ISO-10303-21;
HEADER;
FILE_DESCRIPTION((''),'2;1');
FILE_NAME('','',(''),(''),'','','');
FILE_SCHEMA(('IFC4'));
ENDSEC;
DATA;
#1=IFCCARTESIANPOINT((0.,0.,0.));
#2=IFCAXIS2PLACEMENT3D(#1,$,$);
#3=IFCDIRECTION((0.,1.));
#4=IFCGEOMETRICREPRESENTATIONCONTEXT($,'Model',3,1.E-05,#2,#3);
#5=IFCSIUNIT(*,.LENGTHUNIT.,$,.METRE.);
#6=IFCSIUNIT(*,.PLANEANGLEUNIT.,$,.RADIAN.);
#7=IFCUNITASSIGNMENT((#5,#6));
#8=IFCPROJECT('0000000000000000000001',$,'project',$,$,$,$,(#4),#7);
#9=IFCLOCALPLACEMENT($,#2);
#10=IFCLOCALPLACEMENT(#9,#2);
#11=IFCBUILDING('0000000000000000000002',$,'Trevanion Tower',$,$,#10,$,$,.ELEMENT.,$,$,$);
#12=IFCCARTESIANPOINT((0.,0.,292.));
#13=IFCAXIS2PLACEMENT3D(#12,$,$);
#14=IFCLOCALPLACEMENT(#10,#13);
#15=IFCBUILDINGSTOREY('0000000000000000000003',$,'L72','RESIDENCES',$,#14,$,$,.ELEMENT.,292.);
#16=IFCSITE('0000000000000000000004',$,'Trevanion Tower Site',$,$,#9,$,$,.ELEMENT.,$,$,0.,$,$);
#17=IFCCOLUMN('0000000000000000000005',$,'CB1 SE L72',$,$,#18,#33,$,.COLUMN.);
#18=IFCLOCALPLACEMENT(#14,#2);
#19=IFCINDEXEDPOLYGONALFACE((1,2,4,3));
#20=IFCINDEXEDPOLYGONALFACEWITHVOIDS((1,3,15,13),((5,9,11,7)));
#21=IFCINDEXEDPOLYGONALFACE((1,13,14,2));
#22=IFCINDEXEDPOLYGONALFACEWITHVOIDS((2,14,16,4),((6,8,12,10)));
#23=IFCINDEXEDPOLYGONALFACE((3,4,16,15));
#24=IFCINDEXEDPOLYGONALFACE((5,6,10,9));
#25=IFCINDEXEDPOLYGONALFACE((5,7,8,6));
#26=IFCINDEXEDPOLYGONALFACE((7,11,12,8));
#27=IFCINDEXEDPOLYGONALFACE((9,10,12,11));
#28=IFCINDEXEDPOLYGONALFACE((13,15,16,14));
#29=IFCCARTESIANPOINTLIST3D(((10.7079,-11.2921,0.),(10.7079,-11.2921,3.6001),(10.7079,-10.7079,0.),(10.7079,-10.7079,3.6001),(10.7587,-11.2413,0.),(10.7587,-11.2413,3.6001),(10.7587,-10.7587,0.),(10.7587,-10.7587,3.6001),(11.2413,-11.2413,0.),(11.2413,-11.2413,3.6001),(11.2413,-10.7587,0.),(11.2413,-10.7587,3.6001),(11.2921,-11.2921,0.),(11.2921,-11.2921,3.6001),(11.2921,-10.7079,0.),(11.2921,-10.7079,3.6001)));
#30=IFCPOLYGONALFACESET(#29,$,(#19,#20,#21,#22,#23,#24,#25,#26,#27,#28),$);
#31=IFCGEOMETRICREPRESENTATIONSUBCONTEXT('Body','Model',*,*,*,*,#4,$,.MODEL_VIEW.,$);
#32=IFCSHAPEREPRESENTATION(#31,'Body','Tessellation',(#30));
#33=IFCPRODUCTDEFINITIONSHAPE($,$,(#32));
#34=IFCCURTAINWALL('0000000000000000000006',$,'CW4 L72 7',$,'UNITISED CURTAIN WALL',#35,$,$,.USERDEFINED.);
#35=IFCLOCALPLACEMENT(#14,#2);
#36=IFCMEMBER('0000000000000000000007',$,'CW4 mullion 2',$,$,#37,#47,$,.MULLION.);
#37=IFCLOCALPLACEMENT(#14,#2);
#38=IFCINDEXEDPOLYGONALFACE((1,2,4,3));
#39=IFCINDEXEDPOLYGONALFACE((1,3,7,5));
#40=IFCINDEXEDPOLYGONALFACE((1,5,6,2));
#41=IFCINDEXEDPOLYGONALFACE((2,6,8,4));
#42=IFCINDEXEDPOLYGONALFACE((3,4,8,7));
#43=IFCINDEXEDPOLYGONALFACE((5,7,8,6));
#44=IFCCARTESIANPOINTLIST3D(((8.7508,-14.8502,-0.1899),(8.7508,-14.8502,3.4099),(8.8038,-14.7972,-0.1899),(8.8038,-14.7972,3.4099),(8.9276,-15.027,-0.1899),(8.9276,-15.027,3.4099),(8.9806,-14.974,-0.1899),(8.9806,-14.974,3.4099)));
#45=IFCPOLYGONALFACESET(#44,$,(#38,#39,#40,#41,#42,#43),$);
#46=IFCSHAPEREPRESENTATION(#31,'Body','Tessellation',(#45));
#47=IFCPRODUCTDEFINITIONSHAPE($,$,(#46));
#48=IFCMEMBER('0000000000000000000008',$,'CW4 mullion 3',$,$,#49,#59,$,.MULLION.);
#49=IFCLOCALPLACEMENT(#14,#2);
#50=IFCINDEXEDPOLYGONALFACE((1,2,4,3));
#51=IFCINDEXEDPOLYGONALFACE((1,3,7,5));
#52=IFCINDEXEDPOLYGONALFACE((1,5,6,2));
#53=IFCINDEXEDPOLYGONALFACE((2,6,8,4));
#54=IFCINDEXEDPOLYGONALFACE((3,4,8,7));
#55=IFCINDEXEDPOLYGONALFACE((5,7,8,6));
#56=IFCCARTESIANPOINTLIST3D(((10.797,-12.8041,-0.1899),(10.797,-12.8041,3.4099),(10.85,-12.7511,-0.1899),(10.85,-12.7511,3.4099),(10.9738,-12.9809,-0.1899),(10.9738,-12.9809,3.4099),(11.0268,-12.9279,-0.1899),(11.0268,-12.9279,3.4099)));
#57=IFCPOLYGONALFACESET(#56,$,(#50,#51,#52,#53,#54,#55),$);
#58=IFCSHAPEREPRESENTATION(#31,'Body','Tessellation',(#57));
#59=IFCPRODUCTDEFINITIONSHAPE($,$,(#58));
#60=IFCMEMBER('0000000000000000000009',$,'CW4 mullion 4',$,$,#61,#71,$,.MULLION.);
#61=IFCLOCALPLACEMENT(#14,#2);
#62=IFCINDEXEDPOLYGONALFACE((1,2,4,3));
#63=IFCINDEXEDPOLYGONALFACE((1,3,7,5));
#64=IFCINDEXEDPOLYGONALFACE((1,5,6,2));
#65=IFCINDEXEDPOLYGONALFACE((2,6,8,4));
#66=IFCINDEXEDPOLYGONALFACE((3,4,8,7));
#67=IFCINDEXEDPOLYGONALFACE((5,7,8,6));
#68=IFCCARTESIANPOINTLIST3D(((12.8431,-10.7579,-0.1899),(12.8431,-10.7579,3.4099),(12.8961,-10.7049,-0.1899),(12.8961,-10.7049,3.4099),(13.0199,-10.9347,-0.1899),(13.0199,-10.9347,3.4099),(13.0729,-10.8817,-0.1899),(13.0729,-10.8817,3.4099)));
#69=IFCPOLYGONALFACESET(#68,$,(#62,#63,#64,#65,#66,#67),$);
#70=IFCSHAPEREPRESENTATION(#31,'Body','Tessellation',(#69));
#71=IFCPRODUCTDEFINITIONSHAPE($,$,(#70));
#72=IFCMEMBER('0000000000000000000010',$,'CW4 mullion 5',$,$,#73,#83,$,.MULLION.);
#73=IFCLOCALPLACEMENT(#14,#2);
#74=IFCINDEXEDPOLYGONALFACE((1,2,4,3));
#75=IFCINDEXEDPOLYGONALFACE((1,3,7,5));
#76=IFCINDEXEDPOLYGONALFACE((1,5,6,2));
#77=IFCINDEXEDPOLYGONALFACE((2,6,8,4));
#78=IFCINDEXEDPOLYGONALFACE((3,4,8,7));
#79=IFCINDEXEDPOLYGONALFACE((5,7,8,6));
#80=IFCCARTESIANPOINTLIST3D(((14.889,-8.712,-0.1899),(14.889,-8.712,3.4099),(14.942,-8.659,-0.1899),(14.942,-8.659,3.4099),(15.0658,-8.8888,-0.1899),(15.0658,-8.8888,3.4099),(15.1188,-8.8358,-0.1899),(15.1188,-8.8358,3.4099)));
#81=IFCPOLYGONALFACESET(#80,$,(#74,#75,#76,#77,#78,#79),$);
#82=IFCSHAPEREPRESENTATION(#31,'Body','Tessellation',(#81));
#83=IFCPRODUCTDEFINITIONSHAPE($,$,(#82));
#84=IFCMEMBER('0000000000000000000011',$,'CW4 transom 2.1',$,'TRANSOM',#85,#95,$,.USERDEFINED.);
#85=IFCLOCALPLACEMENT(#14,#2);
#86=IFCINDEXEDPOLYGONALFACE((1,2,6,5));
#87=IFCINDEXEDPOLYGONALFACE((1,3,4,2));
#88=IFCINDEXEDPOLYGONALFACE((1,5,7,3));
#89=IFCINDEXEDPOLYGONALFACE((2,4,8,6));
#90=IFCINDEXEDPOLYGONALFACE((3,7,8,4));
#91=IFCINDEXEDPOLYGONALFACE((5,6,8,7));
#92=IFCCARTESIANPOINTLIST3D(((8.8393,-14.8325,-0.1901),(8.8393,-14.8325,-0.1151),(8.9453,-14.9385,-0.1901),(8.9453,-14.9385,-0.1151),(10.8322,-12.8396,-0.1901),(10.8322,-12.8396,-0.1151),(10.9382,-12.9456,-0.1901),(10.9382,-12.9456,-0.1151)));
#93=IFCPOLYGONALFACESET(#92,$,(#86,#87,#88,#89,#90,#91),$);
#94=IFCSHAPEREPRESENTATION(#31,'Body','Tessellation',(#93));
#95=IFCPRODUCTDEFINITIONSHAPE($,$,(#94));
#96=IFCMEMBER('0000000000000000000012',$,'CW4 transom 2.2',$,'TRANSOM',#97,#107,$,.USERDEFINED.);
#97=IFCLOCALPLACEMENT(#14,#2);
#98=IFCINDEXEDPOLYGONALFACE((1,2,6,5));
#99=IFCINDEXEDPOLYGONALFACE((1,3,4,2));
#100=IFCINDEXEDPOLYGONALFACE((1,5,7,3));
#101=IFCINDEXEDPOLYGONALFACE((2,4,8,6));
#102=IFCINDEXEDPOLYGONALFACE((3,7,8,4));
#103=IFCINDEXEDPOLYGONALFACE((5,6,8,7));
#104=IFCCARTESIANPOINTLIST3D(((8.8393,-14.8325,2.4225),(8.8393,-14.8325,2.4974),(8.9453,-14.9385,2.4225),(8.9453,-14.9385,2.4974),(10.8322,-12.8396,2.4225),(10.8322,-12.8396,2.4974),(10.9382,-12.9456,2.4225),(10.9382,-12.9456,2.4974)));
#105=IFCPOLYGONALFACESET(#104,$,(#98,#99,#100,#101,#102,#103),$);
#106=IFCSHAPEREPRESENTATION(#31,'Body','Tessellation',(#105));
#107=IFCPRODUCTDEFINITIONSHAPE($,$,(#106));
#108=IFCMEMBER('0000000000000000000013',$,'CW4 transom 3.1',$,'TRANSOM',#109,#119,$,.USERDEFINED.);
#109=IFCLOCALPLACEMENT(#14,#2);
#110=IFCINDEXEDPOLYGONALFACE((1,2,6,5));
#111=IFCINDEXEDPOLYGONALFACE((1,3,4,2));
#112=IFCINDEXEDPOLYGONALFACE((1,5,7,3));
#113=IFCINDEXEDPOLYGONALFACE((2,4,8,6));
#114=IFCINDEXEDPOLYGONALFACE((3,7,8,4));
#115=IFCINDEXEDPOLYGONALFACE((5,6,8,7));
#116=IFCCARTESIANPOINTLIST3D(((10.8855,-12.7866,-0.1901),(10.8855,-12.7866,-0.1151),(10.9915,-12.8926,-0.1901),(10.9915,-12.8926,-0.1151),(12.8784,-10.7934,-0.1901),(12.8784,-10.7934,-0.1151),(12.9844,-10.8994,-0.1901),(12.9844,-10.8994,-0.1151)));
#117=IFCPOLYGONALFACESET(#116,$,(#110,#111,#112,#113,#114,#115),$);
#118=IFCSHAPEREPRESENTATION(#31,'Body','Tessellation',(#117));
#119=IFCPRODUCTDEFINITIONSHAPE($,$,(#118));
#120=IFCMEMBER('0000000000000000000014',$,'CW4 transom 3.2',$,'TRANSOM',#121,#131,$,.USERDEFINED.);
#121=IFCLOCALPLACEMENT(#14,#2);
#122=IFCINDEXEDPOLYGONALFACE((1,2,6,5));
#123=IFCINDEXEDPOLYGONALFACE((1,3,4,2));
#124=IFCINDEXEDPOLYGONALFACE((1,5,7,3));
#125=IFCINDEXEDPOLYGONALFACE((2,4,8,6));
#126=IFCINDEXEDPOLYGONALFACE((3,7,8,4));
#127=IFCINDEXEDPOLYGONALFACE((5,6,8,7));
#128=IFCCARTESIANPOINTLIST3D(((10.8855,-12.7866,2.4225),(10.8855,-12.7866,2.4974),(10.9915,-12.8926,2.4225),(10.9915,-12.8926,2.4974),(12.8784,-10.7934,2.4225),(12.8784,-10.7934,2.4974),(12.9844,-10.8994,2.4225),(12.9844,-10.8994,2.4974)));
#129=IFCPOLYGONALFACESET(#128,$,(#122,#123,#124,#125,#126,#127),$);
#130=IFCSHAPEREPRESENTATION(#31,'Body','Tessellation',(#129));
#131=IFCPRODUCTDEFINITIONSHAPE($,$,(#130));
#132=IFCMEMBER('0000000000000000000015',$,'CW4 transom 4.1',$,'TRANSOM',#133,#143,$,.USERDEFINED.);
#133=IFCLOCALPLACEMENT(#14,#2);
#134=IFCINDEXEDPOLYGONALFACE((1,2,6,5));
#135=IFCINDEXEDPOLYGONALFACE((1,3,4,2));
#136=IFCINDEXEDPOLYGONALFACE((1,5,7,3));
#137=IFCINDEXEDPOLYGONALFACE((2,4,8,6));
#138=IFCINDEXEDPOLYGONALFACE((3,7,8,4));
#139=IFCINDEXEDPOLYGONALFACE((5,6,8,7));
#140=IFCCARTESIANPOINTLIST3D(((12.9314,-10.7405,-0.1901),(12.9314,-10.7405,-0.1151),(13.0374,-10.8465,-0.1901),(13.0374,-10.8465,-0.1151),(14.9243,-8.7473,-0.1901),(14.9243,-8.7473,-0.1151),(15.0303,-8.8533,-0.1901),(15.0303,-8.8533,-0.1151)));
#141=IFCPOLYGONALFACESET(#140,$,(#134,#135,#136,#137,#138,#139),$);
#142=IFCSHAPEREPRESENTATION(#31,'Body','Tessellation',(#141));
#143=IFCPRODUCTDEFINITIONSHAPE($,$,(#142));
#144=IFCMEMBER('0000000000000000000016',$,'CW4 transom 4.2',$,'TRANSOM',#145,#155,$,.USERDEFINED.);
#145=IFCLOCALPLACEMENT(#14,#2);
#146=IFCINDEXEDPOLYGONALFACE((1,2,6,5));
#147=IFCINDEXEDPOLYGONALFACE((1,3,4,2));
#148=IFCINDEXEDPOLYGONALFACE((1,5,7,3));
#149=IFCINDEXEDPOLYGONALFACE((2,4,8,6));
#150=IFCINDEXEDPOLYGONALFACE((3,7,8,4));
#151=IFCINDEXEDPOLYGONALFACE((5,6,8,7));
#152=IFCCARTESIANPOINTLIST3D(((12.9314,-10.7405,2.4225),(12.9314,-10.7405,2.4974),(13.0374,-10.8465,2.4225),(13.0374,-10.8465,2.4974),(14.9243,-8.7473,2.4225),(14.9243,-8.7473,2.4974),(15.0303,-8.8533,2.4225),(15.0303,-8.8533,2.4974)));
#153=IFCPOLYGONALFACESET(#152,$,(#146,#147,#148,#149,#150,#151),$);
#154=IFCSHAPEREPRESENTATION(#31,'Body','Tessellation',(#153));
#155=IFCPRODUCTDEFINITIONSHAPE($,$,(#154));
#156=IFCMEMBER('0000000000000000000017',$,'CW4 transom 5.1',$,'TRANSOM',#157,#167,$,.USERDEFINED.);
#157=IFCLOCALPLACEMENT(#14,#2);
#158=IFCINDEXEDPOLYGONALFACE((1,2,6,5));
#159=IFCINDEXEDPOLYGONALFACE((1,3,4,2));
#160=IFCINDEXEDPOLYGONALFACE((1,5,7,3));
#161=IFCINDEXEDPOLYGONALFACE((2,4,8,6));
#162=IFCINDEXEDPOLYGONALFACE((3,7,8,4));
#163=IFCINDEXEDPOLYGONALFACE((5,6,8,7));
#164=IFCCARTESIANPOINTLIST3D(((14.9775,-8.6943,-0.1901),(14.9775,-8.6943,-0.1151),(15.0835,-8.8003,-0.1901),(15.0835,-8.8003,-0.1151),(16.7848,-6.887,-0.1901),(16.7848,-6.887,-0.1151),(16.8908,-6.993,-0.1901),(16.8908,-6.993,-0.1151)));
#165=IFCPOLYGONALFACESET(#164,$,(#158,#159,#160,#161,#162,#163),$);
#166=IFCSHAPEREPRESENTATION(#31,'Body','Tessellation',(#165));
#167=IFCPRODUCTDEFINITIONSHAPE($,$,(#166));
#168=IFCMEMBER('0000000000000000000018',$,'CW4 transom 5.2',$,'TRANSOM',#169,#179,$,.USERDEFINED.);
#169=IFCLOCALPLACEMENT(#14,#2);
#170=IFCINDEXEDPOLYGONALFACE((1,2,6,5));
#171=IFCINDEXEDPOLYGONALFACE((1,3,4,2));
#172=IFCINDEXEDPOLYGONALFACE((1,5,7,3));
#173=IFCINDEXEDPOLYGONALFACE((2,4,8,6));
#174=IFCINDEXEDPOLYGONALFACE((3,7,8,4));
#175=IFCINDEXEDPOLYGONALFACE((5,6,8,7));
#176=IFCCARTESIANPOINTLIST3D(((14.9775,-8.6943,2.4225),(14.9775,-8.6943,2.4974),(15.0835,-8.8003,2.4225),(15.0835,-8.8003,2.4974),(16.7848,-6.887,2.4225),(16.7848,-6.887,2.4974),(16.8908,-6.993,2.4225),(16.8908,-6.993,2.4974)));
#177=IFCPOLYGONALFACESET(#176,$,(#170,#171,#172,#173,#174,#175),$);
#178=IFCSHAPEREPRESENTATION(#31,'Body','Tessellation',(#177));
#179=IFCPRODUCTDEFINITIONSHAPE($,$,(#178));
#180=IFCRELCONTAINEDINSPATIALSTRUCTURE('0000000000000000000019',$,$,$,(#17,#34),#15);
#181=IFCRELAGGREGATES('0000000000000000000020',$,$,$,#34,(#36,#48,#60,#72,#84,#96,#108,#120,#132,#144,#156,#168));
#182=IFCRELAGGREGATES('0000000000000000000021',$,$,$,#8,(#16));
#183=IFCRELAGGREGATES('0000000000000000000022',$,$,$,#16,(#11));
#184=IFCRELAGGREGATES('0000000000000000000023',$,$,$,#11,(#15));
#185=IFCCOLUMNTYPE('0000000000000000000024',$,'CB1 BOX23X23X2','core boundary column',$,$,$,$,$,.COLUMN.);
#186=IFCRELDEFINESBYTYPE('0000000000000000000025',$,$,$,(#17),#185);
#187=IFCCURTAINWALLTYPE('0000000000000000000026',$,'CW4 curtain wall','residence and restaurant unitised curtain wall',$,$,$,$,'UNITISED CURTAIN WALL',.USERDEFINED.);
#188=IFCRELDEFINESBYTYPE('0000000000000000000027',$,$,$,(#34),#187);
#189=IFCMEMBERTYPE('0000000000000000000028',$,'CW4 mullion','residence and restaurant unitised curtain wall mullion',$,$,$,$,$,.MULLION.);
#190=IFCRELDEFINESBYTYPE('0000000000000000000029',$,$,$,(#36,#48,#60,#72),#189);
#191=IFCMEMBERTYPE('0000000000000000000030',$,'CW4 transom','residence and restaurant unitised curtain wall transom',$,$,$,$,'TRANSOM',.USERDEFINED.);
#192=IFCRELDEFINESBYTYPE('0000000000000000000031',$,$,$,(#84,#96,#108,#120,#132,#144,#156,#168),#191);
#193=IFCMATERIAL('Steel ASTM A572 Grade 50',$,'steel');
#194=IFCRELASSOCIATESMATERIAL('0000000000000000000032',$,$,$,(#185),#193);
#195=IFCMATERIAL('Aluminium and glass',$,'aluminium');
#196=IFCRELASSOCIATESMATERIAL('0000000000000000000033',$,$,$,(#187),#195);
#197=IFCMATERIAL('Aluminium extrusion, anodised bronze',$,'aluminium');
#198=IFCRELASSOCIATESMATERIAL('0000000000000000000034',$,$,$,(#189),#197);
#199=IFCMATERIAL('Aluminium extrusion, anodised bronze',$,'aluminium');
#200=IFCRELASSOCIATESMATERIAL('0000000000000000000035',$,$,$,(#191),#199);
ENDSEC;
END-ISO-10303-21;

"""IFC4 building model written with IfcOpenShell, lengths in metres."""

from ifc_helpers import new_model, si_unit, direction, frame, origin, origin_2d, place, context, subcontext, project, spatial, rectangle, hollow_rectangle, extrude, material, material_profile, profile_set, type_object, element, aggregate, save


model = new_model("IFC4")

# Units and contexts
model_context = context("Model", 3, precision=1e-05, world=origin(), true_north=direction((0.0, 1.0)))
body_context = subcontext(model_context, "Body", "Model", "MODEL_VIEW")
ifc_project = project(units=[si_unit("LENGTHUNIT", "METRE"), si_unit("PLANEANGLEUNIT", "RADIAN")], contexts=[model_context])

# Site, building, storey
site_placement = place(None, origin())
site = spatial("IfcSite", under=ifc_project, at=site_placement, Name="Trevanion Tower Site", CompositionType="ELEMENT", RefElevation=0.0)
building_placement = place(site_placement, origin())
building = spatial("IfcBuilding", under=site, at=building_placement, Name="Trevanion Tower", CompositionType="ELEMENT")
storey_placement = place(building_placement, frame((0.0, 0.0, 292.0)))
storey = spatial("IfcBuildingStorey", under=building, at=storey_placement, Name="L72", Description="RESIDENCES", CompositionType="ELEMENT", Elevation=292.0)

# Column
ifc_material_1 = material(Name="Steel ASTM A572 Grade 50", Category="steel")
ifc_material_profile_1 = material_profile(ifc_material_1, hollow_rectangle(XDim=0.5842, YDim=0.5842, WallThickness=0.0508, at=origin_2d()), Name="BOX23X23X2")
ifc_profile_set_1 = profile_set([ifc_material_profile_1], Name="Steel ASTM A572 Grade 50")
column_type = type_object("IfcColumnType", Name="CB1 BOX23X23X2", Description="core boundary column", PredefinedType="COLUMN", material=ifc_profile_set_1)
column_placement = place(storey_placement, frame((11.0, -11.0, 0.0), z_axis=(0.0, 0.0, 1.0), x_axis=(1.0, 0.0, 0.0)))
element("IfcColumn", 1, at=column_placement, inside=storey, type_object=column_type, Name="CB1 SE L72", PredefinedType="COLUMN", context=body_context, shape_type="SweptSolid", body=[
    extrude(hollow_rectangle(XDim=0.5842, YDim=0.5842, WallThickness=0.0508, at=origin_2d()), origin(), (0.0, 0.0, 1.0), 3.6001),
])

# Curtain wall, members
ifc_material_2 = material(Name="Aluminium and glass", Category="aluminium")
curtain_wall_type = type_object("IfcCurtainWallType", Name="CW4 curtain wall", Description="residence and restaurant unitised curtain wall", ElementType="UNITISED CURTAIN WALL", PredefinedType="USERDEFINED", material=ifc_material_2)
curtain_wall_placement = place(storey_placement, origin())
curtain_wall = element("IfcCurtainWall", 2, at=curtain_wall_placement, inside=storey, type_object=curtain_wall_type, Name="CW4 L72 7", ObjectType="UNITISED CURTAIN WALL", PredefinedType="USERDEFINED")
ifc_material_3 = material(Name="Aluminium extrusion, anodised bronze", Category="aluminium")
ifc_material_profile_2 = material_profile(ifc_material_3, rectangle(XDim=0.075, YDim=0.25, at=origin_2d()), Name="CW4 mullion")
ifc_profile_set_2 = profile_set([ifc_material_profile_2], Name="Aluminium extrusion, anodised bronze")
member_type_1 = type_object("IfcMemberType", Name="CW4 mullion", Description="residence and restaurant unitised curtain wall mullion", PredefinedType="MULLION", material=ifc_profile_set_2)
member_1_placement = place(storey_placement, frame((8.8657, -14.9121, -0.1899), z_axis=(0.0, 0.0, 1.0), x_axis=(0.707107, 0.707107, 0.0)))
member_1 = element("IfcMember", 3, at=member_1_placement, type_object=member_type_1, Name="CW4 mullion 2", PredefinedType="MULLION", context=body_context, shape_type="SweptSolid", body=[
    extrude(rectangle(XDim=0.075, YDim=0.25, at=origin_2d()), origin(), (0.0, 0.0, 1.0), 3.5999),
])
member_2_placement = place(storey_placement, frame((10.9119, -12.866, -0.1899), z_axis=(0.0, 0.0, 1.0), x_axis=(0.707107, 0.707107, 0.0)))
member_2 = element("IfcMember", 4, at=member_2_placement, type_object=member_type_1, Name="CW4 mullion 3", PredefinedType="MULLION", context=body_context, shape_type="SweptSolid", body=[
    extrude(rectangle(XDim=0.075, YDim=0.25, at=origin_2d()), origin(), (0.0, 0.0, 1.0), 3.5999),
])
member_3_placement = place(storey_placement, frame((12.958, -10.8198, -0.1899), z_axis=(0.0, 0.0, 1.0), x_axis=(0.707107, 0.707107, 0.0)))
member_3 = element("IfcMember", 5, at=member_3_placement, type_object=member_type_1, Name="CW4 mullion 4", PredefinedType="MULLION", context=body_context, shape_type="SweptSolid", body=[
    extrude(rectangle(XDim=0.075, YDim=0.25, at=origin_2d()), origin(), (0.0, 0.0, 1.0), 3.5999),
])
member_4_placement = place(storey_placement, frame((15.0039, -8.7739, -0.1899), z_axis=(0.0, 0.0, 1.0), x_axis=(0.707107, 0.707107, 0.0)))
member_4 = element("IfcMember", 6, at=member_4_placement, type_object=member_type_1, Name="CW4 mullion 5", PredefinedType="MULLION", context=body_context, shape_type="SweptSolid", body=[
    extrude(rectangle(XDim=0.075, YDim=0.25, at=origin_2d()), origin(), (0.0, 0.0, 1.0), 3.5999),
])
ifc_material_4 = material(Name="Aluminium extrusion, anodised bronze", Category="aluminium")
ifc_material_profile_3 = material_profile(ifc_material_4, rectangle(XDim=0.1499, YDim=0.075, at=origin_2d()), Name="CW4 transom")
ifc_profile_set_3 = profile_set([ifc_material_profile_3], Name="Aluminium extrusion, anodised bronze")
member_type_2 = type_object("IfcMemberType", Name="CW4 transom", Description="residence and restaurant unitised curtain wall transom", ElementType="TRANSOM", PredefinedType="USERDEFINED", material=ifc_profile_set_3)
member_5_placement = place(storey_placement, frame((8.8923, -14.8855, -0.1526), z_axis=(0.707107, 0.707107, 0.0), x_axis=(-0.707107, 0.707107, 0.0)))
member_5 = element("IfcMember", 7, at=member_5_placement, type_object=member_type_2, Name="CW4 transom 2.1", ObjectType="TRANSOM", PredefinedType="USERDEFINED", context=body_context, shape_type="SweptSolid", body=[
    extrude(rectangle(XDim=0.1499, YDim=0.075, at=origin_2d()), origin(), (0.0, 0.0, 1.0), 2.8184),
])
member_6_placement = place(storey_placement, frame((8.8923, -14.8855, 2.46), z_axis=(0.707107, 0.707107, 0.0), x_axis=(-0.707107, 0.707107, 0.0)))
member_6 = element("IfcMember", 8, at=member_6_placement, type_object=member_type_2, Name="CW4 transom 2.2", ObjectType="TRANSOM", PredefinedType="USERDEFINED", context=body_context, shape_type="SweptSolid", body=[
    extrude(rectangle(XDim=0.1499, YDim=0.075, at=origin_2d()), origin(), (0.0, 0.0, 1.0), 2.8184),
])
member_7_placement = place(storey_placement, frame((10.9385, -12.8396, -0.1526), z_axis=(0.707063, 0.70715, 0.0), x_axis=(-0.70715, 0.707063, 0.0)))
member_7 = element("IfcMember", 9, at=member_7_placement, type_object=member_type_2, Name="CW4 transom 3.1", ObjectType="TRANSOM", PredefinedType="USERDEFINED", context=body_context, shape_type="SweptSolid", body=[
    extrude(rectangle(XDim=0.1499, YDim=0.075, at=origin_2d()), origin(), (0.0, 0.0, 1.0), 2.8186),
])
member_8_placement = place(storey_placement, frame((10.9385, -12.8396, 2.46), z_axis=(0.707063, 0.70715, 0.0), x_axis=(-0.70715, 0.707063, 0.0)))
member_8 = element("IfcMember", 10, at=member_8_placement, type_object=member_type_2, Name="CW4 transom 3.2", ObjectType="TRANSOM", PredefinedType="USERDEFINED", context=body_context, shape_type="SweptSolid", body=[
    extrude(rectangle(XDim=0.1499, YDim=0.075, at=origin_2d()), origin(), (0.0, 0.0, 1.0), 2.8186),
])
member_9_placement = place(storey_placement, frame((12.9844, -10.7935, -0.1526), z_axis=(0.707063, 0.70715, 0.0), x_axis=(-0.70715, 0.707063, 0.0)))
member_9 = element("IfcMember", 11, at=member_9_placement, type_object=member_type_2, Name="CW4 transom 4.1", ObjectType="TRANSOM", PredefinedType="USERDEFINED", context=body_context, shape_type="SweptSolid", body=[
    extrude(rectangle(XDim=0.1499, YDim=0.075, at=origin_2d()), origin(), (0.0, 0.0, 1.0), 2.8186),
])
member_10_placement = place(storey_placement, frame((12.9844, -10.7935, 2.46), z_axis=(0.707063, 0.70715, 0.0), x_axis=(-0.70715, 0.707063, 0.0)))
member_10 = element("IfcMember", 12, at=member_10_placement, type_object=member_type_2, Name="CW4 transom 4.2", ObjectType="TRANSOM", PredefinedType="USERDEFINED", context=body_context, shape_type="SweptSolid", body=[
    extrude(rectangle(XDim=0.1499, YDim=0.075, at=origin_2d()), origin(), (0.0, 0.0, 1.0), 2.8186),
])
member_11_placement = place(storey_placement, frame((15.0305, -8.7473, -0.1526), z_axis=(0.707107, 0.707107, 0.0), x_axis=(-0.707107, 0.707107, 0.0)))
member_11 = element("IfcMember", 13, at=member_11_placement, type_object=member_type_2, Name="CW4 transom 5.1", ObjectType="TRANSOM", PredefinedType="USERDEFINED", context=body_context, shape_type="SweptSolid", body=[
    extrude(rectangle(XDim=0.1499, YDim=0.075, at=origin_2d()), origin(), (0.0, 0.0, 1.0), 2.5559),
])
member_12_placement = place(storey_placement, frame((15.0305, -8.7473, 2.46), z_axis=(0.707107, 0.707107, 0.0), x_axis=(-0.707107, 0.707107, 0.0)))
member_12 = element("IfcMember", 14, at=member_12_placement, type_object=member_type_2, Name="CW4 transom 5.2", ObjectType="TRANSOM", PredefinedType="USERDEFINED", context=body_context, shape_type="SweptSolid", body=[
    extrude(rectangle(XDim=0.1499, YDim=0.075, at=origin_2d()), origin(), (0.0, 0.0, 1.0), 2.5559),
])

aggregate(curtain_wall, [member_1, member_2, member_3, member_4, member_5, member_6, member_7, member_8, member_9, member_10, member_11, member_12])

save(model, "model.ifc")
